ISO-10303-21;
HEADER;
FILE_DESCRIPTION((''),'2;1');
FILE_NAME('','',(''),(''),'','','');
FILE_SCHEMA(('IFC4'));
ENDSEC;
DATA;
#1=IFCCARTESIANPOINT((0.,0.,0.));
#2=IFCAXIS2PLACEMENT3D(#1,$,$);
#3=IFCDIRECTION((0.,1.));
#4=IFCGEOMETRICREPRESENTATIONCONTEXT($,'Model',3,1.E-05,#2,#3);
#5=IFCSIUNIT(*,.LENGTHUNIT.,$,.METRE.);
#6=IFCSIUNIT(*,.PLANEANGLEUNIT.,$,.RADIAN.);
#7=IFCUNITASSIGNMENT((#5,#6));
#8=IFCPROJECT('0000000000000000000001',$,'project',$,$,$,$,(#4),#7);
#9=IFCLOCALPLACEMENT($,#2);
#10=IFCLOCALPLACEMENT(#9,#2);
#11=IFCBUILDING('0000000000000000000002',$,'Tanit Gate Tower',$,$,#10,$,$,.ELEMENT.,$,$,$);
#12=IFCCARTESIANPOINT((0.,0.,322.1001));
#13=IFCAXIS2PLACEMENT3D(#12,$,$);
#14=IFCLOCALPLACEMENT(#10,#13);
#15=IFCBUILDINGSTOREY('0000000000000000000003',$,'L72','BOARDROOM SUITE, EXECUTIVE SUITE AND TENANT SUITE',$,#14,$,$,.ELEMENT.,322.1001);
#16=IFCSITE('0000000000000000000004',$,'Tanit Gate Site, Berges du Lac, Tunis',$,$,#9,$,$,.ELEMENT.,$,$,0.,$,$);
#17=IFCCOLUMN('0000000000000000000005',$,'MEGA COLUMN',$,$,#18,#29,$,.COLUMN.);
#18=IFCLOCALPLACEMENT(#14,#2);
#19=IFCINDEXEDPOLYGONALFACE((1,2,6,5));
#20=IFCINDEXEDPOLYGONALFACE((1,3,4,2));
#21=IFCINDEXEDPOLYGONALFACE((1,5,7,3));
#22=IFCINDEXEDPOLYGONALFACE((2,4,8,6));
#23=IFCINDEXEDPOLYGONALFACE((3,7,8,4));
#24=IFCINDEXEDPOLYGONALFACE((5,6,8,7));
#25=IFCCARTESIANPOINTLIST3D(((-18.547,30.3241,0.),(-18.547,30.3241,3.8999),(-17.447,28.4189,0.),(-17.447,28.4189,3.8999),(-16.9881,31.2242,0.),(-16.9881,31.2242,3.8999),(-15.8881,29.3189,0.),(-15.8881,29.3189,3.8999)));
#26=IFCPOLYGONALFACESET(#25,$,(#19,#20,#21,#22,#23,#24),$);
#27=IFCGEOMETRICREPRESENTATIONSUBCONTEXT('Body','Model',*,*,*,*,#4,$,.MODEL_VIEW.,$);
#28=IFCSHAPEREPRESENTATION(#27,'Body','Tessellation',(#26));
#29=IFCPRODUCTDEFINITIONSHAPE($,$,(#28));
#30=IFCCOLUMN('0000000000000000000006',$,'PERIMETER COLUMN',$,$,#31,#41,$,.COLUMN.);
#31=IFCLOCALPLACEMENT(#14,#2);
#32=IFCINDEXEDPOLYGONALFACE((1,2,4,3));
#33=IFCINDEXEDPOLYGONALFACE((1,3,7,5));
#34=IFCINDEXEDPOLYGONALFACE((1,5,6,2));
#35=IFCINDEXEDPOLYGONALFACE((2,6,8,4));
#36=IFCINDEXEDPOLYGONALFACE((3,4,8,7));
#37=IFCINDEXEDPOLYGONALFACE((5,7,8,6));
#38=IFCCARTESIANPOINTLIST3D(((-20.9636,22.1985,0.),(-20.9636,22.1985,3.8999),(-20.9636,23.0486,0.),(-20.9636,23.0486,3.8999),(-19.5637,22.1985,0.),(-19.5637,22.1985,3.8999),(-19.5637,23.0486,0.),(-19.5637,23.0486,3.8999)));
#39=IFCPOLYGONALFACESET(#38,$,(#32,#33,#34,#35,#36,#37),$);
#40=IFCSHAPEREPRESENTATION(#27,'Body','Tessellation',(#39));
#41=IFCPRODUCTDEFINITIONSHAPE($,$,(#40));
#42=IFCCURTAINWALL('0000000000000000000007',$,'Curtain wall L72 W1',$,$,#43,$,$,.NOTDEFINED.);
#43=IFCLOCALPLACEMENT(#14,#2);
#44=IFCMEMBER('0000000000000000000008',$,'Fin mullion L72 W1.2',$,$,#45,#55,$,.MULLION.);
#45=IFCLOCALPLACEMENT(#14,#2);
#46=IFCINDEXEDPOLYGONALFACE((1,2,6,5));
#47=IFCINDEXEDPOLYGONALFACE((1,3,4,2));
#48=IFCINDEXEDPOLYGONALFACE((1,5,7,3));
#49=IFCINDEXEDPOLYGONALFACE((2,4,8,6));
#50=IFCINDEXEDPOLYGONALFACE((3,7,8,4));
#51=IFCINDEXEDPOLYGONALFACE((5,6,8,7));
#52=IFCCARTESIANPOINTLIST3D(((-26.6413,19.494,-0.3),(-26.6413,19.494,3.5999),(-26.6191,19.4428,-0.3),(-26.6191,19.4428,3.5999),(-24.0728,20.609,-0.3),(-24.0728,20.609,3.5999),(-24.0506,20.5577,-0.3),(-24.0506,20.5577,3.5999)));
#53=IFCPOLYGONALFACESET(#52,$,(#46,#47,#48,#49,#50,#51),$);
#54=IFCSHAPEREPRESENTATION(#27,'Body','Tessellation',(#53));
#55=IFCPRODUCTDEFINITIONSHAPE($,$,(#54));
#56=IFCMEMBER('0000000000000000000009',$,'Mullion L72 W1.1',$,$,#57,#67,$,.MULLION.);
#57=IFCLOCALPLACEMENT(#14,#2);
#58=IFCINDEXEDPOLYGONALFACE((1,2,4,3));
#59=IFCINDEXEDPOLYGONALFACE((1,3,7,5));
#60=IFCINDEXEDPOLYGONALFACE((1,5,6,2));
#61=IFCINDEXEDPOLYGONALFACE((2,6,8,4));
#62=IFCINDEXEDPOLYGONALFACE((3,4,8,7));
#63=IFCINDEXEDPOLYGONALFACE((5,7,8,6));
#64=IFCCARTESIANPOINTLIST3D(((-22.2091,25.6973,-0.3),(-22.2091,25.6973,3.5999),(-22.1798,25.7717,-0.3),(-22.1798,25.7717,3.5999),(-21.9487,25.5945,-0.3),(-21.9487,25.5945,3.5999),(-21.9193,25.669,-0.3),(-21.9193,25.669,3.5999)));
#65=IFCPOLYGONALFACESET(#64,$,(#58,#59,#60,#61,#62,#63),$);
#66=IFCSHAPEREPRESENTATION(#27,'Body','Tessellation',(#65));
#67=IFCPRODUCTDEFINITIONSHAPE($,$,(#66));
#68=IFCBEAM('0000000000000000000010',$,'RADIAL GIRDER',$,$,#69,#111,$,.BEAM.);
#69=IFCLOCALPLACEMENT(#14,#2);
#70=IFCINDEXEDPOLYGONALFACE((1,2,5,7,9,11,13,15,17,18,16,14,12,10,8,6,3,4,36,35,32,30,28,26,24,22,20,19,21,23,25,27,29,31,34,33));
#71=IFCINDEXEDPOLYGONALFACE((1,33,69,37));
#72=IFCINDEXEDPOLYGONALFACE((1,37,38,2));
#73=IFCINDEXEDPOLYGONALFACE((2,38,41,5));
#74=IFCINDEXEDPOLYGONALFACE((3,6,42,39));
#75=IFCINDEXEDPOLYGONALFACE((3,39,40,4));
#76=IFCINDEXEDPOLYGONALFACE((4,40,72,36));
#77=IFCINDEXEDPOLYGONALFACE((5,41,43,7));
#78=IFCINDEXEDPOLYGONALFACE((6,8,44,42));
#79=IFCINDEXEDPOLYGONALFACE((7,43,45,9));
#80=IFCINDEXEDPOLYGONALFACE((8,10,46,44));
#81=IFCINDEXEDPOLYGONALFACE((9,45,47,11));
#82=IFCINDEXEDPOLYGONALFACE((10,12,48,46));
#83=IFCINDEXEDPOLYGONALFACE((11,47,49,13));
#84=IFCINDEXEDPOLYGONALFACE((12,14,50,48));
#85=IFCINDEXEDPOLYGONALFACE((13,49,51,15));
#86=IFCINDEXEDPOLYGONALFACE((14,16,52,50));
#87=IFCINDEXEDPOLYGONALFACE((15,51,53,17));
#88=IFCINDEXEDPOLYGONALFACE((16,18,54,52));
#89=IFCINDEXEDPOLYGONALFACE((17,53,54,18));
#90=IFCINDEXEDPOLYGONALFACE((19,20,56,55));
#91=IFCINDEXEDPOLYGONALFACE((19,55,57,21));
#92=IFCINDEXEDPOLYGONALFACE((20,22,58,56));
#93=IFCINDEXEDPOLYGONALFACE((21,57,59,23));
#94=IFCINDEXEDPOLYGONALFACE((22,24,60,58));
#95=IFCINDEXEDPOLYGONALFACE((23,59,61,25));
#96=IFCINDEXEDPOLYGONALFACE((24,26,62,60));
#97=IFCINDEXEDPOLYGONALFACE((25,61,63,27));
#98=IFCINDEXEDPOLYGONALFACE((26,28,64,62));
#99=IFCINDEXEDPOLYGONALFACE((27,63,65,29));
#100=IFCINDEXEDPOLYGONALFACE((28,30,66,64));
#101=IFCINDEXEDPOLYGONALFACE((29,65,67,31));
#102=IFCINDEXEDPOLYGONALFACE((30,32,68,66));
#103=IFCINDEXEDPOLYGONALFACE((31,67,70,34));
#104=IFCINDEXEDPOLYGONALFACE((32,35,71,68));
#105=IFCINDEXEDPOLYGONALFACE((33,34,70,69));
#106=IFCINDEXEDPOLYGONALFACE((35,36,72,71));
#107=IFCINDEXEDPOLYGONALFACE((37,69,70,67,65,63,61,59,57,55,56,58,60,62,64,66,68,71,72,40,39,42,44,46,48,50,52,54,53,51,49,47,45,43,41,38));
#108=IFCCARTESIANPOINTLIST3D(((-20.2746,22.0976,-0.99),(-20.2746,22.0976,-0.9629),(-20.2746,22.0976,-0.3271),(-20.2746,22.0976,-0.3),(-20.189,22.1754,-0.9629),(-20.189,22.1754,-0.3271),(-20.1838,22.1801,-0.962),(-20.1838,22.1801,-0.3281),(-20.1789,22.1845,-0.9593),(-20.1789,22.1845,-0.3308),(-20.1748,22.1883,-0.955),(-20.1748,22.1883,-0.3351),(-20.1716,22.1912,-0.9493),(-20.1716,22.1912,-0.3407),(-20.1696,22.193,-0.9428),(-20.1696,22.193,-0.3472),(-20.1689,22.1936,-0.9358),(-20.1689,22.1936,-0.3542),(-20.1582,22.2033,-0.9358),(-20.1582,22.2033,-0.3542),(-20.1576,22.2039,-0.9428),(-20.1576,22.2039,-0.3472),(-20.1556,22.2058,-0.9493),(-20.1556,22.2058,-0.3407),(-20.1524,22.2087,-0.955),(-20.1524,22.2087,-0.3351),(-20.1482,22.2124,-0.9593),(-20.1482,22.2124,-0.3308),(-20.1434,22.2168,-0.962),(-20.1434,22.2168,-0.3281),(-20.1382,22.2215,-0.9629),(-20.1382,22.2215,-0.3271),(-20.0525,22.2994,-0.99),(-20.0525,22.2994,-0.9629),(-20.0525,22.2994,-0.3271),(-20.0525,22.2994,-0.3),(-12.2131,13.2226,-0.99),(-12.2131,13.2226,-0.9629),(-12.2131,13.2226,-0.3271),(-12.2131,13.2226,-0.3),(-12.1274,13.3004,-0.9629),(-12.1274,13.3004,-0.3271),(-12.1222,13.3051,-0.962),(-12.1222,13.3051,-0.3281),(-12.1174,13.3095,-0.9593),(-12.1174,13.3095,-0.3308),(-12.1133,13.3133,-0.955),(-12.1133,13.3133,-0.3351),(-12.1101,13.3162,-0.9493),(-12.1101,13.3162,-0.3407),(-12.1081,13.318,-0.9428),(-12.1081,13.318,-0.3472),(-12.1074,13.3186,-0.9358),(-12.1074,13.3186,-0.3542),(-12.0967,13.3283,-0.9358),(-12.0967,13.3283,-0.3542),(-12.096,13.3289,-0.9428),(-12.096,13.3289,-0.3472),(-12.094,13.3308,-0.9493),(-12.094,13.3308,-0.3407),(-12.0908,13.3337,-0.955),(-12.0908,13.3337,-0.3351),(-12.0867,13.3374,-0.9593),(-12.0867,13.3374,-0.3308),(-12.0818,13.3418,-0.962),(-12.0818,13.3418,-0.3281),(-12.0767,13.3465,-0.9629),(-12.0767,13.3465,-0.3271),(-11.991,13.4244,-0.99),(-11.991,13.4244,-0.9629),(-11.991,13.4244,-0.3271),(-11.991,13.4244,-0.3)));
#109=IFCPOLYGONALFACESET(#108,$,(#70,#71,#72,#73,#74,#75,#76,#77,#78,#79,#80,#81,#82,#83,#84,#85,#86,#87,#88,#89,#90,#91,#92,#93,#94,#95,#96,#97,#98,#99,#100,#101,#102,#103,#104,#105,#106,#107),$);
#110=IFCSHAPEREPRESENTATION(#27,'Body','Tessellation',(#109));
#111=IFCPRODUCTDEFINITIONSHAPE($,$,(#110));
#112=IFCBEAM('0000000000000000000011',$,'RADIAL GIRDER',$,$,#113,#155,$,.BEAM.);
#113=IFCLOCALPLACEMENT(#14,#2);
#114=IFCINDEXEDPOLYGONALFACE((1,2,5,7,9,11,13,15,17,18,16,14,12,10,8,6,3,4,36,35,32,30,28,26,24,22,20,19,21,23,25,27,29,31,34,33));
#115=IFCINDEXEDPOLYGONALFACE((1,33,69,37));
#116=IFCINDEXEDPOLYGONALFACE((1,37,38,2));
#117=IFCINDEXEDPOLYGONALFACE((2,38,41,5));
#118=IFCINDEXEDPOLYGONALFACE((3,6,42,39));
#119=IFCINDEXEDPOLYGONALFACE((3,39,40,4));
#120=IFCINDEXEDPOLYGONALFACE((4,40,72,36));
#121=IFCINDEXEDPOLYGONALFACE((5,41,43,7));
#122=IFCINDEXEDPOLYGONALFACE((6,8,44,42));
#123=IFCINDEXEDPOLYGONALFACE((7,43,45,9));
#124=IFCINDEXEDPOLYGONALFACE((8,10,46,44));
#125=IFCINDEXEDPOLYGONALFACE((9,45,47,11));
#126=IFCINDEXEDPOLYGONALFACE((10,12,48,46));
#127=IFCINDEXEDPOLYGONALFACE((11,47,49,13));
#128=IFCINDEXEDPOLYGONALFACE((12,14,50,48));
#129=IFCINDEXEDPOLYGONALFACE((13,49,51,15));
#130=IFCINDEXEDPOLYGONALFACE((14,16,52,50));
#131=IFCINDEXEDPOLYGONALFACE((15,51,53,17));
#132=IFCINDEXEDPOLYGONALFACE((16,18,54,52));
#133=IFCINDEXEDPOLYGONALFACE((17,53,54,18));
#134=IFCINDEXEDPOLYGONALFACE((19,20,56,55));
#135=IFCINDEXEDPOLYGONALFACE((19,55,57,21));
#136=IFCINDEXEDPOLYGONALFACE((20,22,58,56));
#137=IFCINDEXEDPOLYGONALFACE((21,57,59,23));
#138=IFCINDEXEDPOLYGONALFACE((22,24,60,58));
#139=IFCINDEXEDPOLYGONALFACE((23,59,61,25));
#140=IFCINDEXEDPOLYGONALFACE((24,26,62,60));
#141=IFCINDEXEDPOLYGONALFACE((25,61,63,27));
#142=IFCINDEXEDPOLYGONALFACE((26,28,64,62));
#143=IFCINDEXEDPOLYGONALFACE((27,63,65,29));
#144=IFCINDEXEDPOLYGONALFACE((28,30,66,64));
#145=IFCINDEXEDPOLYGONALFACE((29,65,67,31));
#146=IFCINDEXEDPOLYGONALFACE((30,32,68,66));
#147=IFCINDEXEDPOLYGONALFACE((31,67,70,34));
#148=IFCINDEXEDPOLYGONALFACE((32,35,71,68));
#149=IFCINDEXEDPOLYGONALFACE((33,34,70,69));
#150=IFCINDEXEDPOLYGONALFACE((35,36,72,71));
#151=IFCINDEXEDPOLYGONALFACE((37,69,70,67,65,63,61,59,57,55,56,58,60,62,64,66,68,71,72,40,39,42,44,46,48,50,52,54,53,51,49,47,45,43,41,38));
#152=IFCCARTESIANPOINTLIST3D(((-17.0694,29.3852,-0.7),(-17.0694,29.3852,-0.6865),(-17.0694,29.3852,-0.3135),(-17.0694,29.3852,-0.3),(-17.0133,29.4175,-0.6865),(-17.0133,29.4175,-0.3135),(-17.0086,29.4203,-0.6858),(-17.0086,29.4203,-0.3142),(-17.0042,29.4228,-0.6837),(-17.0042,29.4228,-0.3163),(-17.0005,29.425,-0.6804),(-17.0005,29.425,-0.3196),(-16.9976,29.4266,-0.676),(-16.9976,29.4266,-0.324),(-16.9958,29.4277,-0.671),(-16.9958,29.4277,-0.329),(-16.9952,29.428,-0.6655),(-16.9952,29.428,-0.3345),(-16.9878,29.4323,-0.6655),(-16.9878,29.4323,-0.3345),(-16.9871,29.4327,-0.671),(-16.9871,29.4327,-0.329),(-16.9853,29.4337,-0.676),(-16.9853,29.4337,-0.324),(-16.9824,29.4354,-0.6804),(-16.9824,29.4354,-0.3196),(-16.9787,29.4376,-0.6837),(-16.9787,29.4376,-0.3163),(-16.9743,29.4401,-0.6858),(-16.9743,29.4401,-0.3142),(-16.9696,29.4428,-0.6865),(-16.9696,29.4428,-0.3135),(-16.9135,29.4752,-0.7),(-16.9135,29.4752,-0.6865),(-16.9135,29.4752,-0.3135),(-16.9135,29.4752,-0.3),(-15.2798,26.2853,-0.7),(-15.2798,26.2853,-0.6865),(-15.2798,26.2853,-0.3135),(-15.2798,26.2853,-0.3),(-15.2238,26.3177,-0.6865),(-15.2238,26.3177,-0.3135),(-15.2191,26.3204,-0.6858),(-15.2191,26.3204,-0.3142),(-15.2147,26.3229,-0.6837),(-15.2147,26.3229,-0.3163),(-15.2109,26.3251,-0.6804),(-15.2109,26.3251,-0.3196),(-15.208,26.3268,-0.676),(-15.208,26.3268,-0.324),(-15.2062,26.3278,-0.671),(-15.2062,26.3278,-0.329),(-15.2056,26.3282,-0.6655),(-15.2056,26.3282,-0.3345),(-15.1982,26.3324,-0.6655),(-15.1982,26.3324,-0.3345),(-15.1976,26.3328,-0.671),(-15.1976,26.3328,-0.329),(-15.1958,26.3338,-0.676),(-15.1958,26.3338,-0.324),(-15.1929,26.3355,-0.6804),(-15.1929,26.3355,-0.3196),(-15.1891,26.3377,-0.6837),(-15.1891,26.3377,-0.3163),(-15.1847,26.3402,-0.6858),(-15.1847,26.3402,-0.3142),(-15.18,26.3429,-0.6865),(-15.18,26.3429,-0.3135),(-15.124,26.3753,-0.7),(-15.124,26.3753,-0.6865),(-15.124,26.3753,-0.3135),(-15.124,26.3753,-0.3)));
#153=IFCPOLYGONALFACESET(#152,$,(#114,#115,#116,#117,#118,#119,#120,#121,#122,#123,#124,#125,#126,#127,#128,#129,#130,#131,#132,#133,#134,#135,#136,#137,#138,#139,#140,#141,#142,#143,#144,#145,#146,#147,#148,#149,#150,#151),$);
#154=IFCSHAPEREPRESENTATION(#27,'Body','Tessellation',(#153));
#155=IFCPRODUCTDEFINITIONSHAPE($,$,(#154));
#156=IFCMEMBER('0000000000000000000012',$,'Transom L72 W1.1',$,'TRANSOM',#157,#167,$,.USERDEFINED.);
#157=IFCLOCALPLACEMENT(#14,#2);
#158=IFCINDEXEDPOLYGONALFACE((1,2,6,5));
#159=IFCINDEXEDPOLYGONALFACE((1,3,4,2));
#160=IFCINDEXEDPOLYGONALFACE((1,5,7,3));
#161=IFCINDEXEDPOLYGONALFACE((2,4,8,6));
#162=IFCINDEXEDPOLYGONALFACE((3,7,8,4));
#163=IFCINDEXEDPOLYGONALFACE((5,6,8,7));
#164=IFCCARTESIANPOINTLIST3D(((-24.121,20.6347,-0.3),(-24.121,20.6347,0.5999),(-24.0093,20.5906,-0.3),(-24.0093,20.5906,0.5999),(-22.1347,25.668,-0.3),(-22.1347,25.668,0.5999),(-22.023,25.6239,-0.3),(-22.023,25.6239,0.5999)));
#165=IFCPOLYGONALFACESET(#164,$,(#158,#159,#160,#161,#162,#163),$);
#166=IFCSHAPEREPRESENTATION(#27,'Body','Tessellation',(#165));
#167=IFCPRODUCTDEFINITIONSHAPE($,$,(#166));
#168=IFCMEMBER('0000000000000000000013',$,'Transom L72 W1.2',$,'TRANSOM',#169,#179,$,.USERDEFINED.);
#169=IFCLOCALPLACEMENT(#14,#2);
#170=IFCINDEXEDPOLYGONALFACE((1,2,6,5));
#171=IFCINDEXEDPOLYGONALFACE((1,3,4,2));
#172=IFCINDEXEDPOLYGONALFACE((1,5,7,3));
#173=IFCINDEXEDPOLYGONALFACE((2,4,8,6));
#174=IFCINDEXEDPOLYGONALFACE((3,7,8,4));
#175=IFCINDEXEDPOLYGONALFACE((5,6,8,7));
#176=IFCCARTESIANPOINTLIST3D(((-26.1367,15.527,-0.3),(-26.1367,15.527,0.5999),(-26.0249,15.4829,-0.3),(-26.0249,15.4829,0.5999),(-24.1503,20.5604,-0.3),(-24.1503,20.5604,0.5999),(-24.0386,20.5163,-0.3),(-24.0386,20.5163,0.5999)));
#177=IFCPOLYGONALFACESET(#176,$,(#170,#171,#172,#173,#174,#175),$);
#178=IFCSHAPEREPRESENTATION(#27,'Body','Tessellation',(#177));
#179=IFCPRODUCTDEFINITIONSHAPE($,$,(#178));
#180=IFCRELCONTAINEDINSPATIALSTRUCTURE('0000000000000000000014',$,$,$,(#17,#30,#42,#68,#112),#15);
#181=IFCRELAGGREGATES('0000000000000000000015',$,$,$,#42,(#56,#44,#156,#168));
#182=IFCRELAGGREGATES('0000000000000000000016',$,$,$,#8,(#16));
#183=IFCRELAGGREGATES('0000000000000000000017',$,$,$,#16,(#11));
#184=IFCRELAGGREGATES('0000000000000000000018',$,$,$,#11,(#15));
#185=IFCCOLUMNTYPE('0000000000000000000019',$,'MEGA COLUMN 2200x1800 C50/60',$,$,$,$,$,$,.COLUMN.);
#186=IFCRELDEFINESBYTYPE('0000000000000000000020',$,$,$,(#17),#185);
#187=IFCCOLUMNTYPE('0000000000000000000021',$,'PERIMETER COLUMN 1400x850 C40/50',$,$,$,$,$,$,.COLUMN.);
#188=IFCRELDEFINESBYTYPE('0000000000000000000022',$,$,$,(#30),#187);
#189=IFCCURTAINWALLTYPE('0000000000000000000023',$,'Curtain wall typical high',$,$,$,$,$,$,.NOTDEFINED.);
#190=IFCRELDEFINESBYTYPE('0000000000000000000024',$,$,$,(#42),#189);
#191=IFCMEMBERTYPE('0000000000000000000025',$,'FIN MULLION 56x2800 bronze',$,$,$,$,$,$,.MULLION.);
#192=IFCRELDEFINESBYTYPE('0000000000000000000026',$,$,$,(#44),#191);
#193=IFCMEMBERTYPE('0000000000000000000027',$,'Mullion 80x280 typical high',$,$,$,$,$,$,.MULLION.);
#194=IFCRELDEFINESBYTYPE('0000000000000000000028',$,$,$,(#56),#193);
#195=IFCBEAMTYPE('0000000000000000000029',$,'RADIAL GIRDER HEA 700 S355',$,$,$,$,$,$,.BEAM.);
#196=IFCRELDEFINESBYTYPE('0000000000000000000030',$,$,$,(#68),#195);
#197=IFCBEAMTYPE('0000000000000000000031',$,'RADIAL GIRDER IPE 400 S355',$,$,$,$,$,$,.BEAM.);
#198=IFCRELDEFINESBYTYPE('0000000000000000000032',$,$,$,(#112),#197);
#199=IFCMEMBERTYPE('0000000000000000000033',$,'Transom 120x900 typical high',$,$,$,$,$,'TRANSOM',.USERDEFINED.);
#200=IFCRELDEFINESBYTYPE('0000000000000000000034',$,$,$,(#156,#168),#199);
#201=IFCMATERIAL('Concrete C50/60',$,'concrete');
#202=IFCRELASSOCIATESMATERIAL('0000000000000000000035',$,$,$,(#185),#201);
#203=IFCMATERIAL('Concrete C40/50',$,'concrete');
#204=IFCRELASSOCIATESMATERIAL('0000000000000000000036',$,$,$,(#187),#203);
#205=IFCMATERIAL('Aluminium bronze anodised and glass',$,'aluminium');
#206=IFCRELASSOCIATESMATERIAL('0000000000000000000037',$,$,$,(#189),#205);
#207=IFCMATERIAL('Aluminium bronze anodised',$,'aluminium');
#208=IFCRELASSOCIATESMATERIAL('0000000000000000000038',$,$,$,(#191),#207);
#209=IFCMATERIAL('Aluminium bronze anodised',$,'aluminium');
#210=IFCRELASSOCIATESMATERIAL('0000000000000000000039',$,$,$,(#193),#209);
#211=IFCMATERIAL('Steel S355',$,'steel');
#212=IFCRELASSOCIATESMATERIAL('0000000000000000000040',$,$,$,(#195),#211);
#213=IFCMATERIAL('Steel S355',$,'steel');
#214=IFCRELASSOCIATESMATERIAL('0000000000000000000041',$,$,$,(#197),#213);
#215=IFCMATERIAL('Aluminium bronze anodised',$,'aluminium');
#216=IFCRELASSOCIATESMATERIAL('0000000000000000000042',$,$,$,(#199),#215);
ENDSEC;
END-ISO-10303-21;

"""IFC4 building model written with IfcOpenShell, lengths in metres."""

from ifc_helpers import new_model, si_unit, direction, frame, origin, origin_2d, place, context, subcontext, project, spatial, rectangle, i_section, extrude, material, material_profile, profile_set, type_object, element, aggregate, save


model = new_model("IFC4")

# Units and contexts
model_context = context("Model", 3, precision=1e-05, world=origin(), true_north=direction((0.0, 1.0)))
body_context = subcontext(model_context, "Body", "Model", "MODEL_VIEW")
ifc_project = project(units=[si_unit("LENGTHUNIT", "METRE"), si_unit("PLANEANGLEUNIT", "RADIAN")], contexts=[model_context])

# Site, building, storey
site_placement = place(None, origin())
site = spatial("IfcSite", under=ifc_project, at=site_placement, Name="Tanit Gate Site, Berges du Lac, Tunis", CompositionType="ELEMENT", RefElevation=0.0)
building_placement = place(site_placement, origin())
building = spatial("IfcBuilding", under=site, at=building_placement, Name="Tanit Gate Tower", CompositionType="ELEMENT")
storey_placement = place(building_placement, frame((0.0, 0.0, 322.1001)))
storey = spatial("IfcBuildingStorey", under=building, at=storey_placement, Name="L72", Description="BOARDROOM SUITE, EXECUTIVE SUITE AND TENANT SUITE", CompositionType="ELEMENT", Elevation=322.1001)

# Columns
ifc_material_1 = material(Name="Concrete C50/60", Category="concrete")
ifc_material_profile_1 = material_profile(ifc_material_1, rectangle(XDim=2.2, YDim=1.8, at=origin_2d()), Name="RC 2200x1800")
ifc_profile_set_1 = profile_set([ifc_material_profile_1], Name="Concrete C50/60")
column_type_1 = type_object("IfcColumnType", Name="MEGA COLUMN 2200x1800 C50/60", PredefinedType="COLUMN", material=ifc_profile_set_1)
column_1_placement = place(storey_placement, frame((-17.2175, 29.8215, 0.0), z_axis=(0.0, 0.0, 1.0), x_axis=(-0.5, 0.866025, 0.0)))
element("IfcColumn", 1, at=column_1_placement, inside=storey, type_object=column_type_1, Name="MEGA COLUMN", PredefinedType="COLUMN", context=body_context, shape_type="SweptSolid", body=[
    extrude(rectangle(XDim=2.2, YDim=1.8, at=origin_2d()), origin(), (0.0, 0.0, 1.0), 3.8999),
])
ifc_material_2 = material(Name="Concrete C40/50", Category="concrete")
ifc_material_profile_2 = material_profile(ifc_material_2, rectangle(XDim=1.3999, YDim=0.8501, at=origin_2d()), Name="RC 1400x850")
ifc_profile_set_2 = profile_set([ifc_material_profile_2], Name="Concrete C40/50")
column_type_2 = type_object("IfcColumnType", Name="PERIMETER COLUMN 1400x850 C40/50", PredefinedType="COLUMN", material=ifc_profile_set_2)
column_2_placement = place(storey_placement, frame((-20.2637, 22.6235, 0.0), z_axis=(0.0, 0.0, 1.0), x_axis=(-1.0, 0.0, 0.0)))
element("IfcColumn", 2, at=column_2_placement, inside=storey, type_object=column_type_2, Name="PERIMETER COLUMN", PredefinedType="COLUMN", context=body_context, shape_type="SweptSolid", body=[
    extrude(rectangle(XDim=1.3999, YDim=0.8501, at=origin_2d()), origin(), (0.0, 0.0, 1.0), 3.8999),
])

# Curtain wall, members
ifc_material_3 = material(Name="Aluminium bronze anodised and glass", Category="aluminium")
curtain_wall_type = type_object("IfcCurtainWallType", Name="Curtain wall typical high", PredefinedType="NOTDEFINED", material=ifc_material_3)
curtain_wall_placement = place(storey_placement, origin())
curtain_wall = element("IfcCurtainWall", 3, at=curtain_wall_placement, inside=storey, type_object=curtain_wall_type, Name="Curtain wall L72 W1", PredefinedType="NOTDEFINED")
ifc_material_4 = material(Name="Aluminium bronze anodised", Category="aluminium")
ifc_material_profile_3 = material_profile(ifc_material_4, rectangle(XDim=2.8, YDim=0.0559, at=origin_2d()), Name="56x2800 bronze fin mullion")
ifc_profile_set_3 = profile_set([ifc_material_profile_3], Name="Aluminium bronze anodised")
member_type_1 = type_object("IfcMemberType", Name="FIN MULLION 56x2800 bronze", PredefinedType="MULLION", material=ifc_profile_set_3)
member_1_placement = place(storey_placement, frame((-25.3459, 20.0259, -0.3), z_axis=(0.0, 0.0, 1.0), x_axis=(0.917304, 0.398188, 0.0)))
member_1 = element("IfcMember", 4, at=member_1_placement, type_object=member_type_1, Name="Fin mullion L72 W1.2", PredefinedType="MULLION", context=body_context, shape_type="SweptSolid", body=[
    extrude(rectangle(XDim=2.8, YDim=0.0559, at=origin_2d()), origin(), (0.0, 0.0, 1.0), 3.8999),
])
ifc_material_5 = material(Name="Aluminium bronze anodised", Category="aluminium")
ifc_material_profile_4 = material_profile(ifc_material_5, rectangle(XDim=0.28, YDim=0.0801, at=origin_2d()), Name="80x280 bronze mullion")
ifc_profile_set_4 = profile_set([ifc_material_profile_4], Name="Aluminium bronze anodised")
member_type_2 = type_object("IfcMemberType", Name="Mullion 80x280 typical high", PredefinedType="MULLION", material=ifc_profile_set_4)
member_2_placement = place(storey_placement, frame((-22.0642, 25.6831, -0.3), z_axis=(0.0, 0.0, 1.0), x_axis=(0.930193, -0.36707, 0.0)))
member_2 = element("IfcMember", 5, at=member_2_placement, type_object=member_type_2, Name="Mullion L72 W1.1", PredefinedType="MULLION", context=body_context, shape_type="SweptSolid", body=[
    extrude(rectangle(XDim=0.28, YDim=0.0801, at=origin_2d()), origin(), (0.0, 0.0, 1.0), 3.8999),
])

# Beams
ifc_material_6 = material(Name="Steel S355", Category="steel")
ifc_material_profile_5 = material_profile(ifc_material_6, i_section(OverallWidth=0.3, OverallDepth=0.6899, WebThickness=0.0144, FlangeThickness=0.0271, FilletRadius=0.0271, at=origin_2d()), Name="HEA 700")
ifc_profile_set_5 = profile_set([ifc_material_profile_5], Name="Steel S355")
beam_type_1 = type_object("IfcBeamType", Name="RADIAL GIRDER HEA 700 S355", PredefinedType="BEAM", material=ifc_profile_set_5)
beam_1_placement = place(storey_placement, frame((-20.1636, 22.1985, -0.645), z_axis=(0.672369, -0.740216, 0.0), x_axis=(0.740216, 0.672369, 0.0)))
element("IfcBeam", 6, at=beam_1_placement, inside=storey, type_object=beam_type_1, Name="RADIAL GIRDER", PredefinedType="BEAM", context=body_context, shape_type="SweptSolid", body=[
    extrude(i_section(OverallWidth=0.3, OverallDepth=0.6899, WebThickness=0.0144, FlangeThickness=0.0271, FilletRadius=0.0271, at=origin_2d()), origin(), (0.0, 0.0, 1.0), 11.9897),
])
ifc_material_7 = material(Name="Steel S355", Category="steel")
ifc_material_profile_6 = material_profile(ifc_material_7, i_section(OverallWidth=0.1799, OverallDepth=0.3999, WebThickness=0.0085, FlangeThickness=0.0134, FilletRadius=0.021, at=origin_2d()), Name="IPE 400")
ifc_profile_set_6 = profile_set([ifc_material_profile_6], Name="Steel S355")
beam_type_2 = type_object("IfcBeamType", Name="RADIAL GIRDER IPE 400 S355", PredefinedType="BEAM", material=ifc_profile_set_6)
beam_2_placement = place(storey_placement, frame((-16.9915, 29.4302, -0.5), z_axis=(0.499968, -0.866044, 0.0), x_axis=(0.866044, 0.499968, 0.0)))
element("IfcBeam", 7, at=beam_2_placement, inside=storey, type_object=beam_type_2, Name="RADIAL GIRDER", PredefinedType="BEAM", context=body_context, shape_type="SweptSolid", body=[
    extrude(i_section(OverallWidth=0.1799, OverallDepth=0.3999, WebThickness=0.0085, FlangeThickness=0.0134, FilletRadius=0.021, at=origin_2d()), origin(), (0.0, 0.0, 1.0), 3.5793),
])

# Members
ifc_material_8 = material(Name="Aluminium bronze anodised", Category="aluminium")
ifc_material_profile_7 = material_profile(ifc_material_8, rectangle(XDim=0.1201, YDim=0.8999, at=origin_2d()), Name="120x900 bronze transom")
ifc_profile_set_7 = profile_set([ifc_material_profile_7], Name="Aluminium bronze anodised")
member_type_3 = type_object("IfcMemberType", Name="Transom 120x900 typical high", ElementType="TRANSOM", PredefinedType="USERDEFINED", material=ifc_profile_set_7)
member_3_placement = place(storey_placement, frame((-22.0789, 25.646, 0.1499), z_axis=(-0.367077, -0.93019, 0.0), x_axis=(0.93019, -0.367077, 0.0)))
member_3 = element("IfcMember", 8, at=member_3_placement, type_object=member_type_3, Name="Transom L72 W1.1", ObjectType="TRANSOM", PredefinedType="USERDEFINED", context=body_context, shape_type="SweptSolid", body=[
    extrude(rectangle(XDim=0.1201, YDim=0.8999, at=origin_2d()), origin(), (0.0, 0.0, 1.0), 5.4111),
])
member_4_placement = place(storey_placement, frame((-24.0945, 20.5383, 0.1499), z_axis=(-0.367077, -0.93019, 0.0), x_axis=(0.93019, -0.367077, 0.0)))
member_4 = element("IfcMember", 9, at=member_4_placement, type_object=member_type_3, Name="Transom L72 W1.2", ObjectType="TRANSOM", PredefinedType="USERDEFINED", context=body_context, shape_type="SweptSolid", body=[
    extrude(rectangle(XDim=0.1201, YDim=0.8999, at=origin_2d()), origin(), (0.0, 0.0, 1.0), 5.4111),
])

aggregate(curtain_wall, [member_2, member_1, member_3, member_4])

save(model, "model.ifc")
